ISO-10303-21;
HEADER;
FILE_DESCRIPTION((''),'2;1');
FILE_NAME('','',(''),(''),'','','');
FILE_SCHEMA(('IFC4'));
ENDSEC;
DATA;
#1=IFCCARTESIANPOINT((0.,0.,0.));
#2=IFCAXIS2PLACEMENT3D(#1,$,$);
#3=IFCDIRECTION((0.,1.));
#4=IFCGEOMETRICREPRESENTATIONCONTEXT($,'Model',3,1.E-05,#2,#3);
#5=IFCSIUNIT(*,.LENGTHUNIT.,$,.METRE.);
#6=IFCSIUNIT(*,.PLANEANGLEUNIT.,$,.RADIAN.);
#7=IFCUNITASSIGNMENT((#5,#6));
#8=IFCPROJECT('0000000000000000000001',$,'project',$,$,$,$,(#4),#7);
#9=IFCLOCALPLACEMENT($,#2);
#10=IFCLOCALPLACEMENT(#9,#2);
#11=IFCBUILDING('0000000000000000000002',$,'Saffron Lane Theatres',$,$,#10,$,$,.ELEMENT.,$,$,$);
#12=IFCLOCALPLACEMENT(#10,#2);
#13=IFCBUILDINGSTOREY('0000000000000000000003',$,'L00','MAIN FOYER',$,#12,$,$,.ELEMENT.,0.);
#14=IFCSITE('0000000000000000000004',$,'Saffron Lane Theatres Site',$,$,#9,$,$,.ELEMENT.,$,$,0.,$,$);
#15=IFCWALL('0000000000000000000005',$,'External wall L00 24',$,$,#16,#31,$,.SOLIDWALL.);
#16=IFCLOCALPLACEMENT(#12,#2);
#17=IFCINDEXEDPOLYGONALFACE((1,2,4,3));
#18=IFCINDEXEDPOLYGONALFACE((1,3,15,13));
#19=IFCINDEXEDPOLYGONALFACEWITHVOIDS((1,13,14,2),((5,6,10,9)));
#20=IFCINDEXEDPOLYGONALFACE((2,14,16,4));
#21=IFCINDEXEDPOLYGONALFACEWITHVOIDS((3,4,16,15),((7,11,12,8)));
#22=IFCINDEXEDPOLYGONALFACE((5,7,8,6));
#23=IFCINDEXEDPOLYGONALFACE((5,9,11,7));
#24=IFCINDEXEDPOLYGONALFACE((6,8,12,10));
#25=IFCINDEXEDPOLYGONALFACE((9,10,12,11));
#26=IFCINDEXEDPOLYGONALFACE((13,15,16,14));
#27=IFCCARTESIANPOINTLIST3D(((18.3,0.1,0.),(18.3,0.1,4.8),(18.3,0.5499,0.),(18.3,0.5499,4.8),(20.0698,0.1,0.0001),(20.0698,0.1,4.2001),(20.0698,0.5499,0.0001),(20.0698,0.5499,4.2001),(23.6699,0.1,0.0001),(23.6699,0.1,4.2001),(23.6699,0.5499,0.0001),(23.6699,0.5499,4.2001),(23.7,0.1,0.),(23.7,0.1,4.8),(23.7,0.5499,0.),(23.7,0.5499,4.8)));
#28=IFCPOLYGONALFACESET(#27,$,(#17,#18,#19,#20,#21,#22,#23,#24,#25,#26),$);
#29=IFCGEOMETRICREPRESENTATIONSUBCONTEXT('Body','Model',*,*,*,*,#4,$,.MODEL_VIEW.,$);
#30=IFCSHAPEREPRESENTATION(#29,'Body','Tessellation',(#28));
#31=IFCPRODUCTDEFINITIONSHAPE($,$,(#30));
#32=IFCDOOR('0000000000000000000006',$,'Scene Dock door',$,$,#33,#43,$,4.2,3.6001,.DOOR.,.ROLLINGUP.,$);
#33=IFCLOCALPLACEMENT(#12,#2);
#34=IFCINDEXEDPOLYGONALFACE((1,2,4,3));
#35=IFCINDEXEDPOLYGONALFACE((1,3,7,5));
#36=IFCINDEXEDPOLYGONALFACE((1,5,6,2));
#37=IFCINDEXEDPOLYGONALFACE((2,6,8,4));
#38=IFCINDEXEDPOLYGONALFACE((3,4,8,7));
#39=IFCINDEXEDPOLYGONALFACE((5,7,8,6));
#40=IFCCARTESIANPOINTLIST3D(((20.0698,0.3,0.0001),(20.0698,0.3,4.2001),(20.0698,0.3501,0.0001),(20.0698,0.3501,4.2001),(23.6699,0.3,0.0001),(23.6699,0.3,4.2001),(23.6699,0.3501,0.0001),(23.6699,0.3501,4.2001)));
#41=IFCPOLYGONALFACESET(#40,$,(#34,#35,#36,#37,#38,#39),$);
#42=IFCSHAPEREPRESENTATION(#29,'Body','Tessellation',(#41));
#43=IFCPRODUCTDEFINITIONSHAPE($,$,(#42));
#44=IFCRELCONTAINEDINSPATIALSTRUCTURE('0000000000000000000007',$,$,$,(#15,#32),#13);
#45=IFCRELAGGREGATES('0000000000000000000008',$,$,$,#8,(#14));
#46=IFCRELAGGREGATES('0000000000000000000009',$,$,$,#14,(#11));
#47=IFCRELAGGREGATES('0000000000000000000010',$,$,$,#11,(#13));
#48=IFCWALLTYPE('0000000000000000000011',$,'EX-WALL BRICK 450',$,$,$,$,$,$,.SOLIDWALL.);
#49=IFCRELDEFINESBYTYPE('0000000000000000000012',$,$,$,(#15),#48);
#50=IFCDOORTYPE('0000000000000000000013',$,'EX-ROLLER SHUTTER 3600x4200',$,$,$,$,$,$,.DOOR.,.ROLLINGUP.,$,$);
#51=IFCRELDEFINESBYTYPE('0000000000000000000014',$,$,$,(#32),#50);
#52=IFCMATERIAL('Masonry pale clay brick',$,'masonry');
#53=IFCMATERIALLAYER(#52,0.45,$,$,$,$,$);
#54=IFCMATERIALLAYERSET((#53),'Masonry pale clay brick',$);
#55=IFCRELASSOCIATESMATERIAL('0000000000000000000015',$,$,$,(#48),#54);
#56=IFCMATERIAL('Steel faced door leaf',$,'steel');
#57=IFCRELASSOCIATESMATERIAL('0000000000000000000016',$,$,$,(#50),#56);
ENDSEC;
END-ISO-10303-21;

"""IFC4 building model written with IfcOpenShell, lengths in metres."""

from ifc_helpers import new_model, si_unit, direction, frame, frame_2d, origin, place, context, subcontext, project, spatial, rectangle, extrude, material, layer, layer_set, type_object, element, fill, save


model = new_model("IFC4")

# Units and contexts
model_context = context("Model", 3, precision=1e-05, world=origin(), true_north=direction((0.0, 1.0)))
body_context = subcontext(model_context, "Body", "Model", "MODEL_VIEW")
ifc_project = project(units=[si_unit("LENGTHUNIT", "METRE"), si_unit("PLANEANGLEUNIT", "RADIAN")], contexts=[model_context])

# Site, building, storey
site_placement = place(None, origin())
site = spatial("IfcSite", under=ifc_project, at=site_placement, Name="Saffron Lane Theatres Site", CompositionType="ELEMENT", RefElevation=0.0)
building_placement = place(site_placement, origin())
building = spatial("IfcBuilding", under=site, at=building_placement, Name="Saffron Lane Theatres", CompositionType="ELEMENT")
storey_placement = place(building_placement, origin())
storey = spatial("IfcBuildingStorey", under=building, at=storey_placement, Name="L00", Description="MAIN FOYER", CompositionType="ELEMENT", Elevation=0.0)

# Wall, opening, door
ifc_material_1 = material(Name="Masonry pale clay brick", Category="masonry")
ifc_layer_1 = layer(ifc_material_1, 0.45)
ifc_layer_set_1 = layer_set([ifc_layer_1], Name="Masonry pale clay brick")
wall_type = type_object("IfcWallType", Name="EX-WALL BRICK 450", PredefinedType="SOLIDWALL", material=ifc_layer_set_1)
wall_placement = place(storey_placement, frame((23.7, 0.325, 0.0), z_axis=(0.0, 0.0, 1.0), x_axis=(-1.0, 0.0, 0.0)))
wall = element("IfcWall", 1, at=wall_placement, inside=storey, type_object=wall_type, Name="External wall L00 24", PredefinedType="SOLIDWALL", context=body_context, shape_type="SweptSolid", body=[
    extrude(rectangle(XDim=5.3999, YDim=0.45, at=frame_2d((2.7, 0.0))), origin(), (0.0, 0.0, 1.0), 4.8),
])
opening_placement = place(wall_placement, frame((0.03, 0.0, 0.0)))
opening = element("IfcOpeningElement", 2, at=opening_placement, cuts=wall, PredefinedType="OPENING", context=body_context, shape_type="SweptSolid", body=[
    extrude(rectangle(XDim=3.6001, YDim=4.2, at=frame_2d((1.8, 2.1001))), frame((0.0, 0.2349, 0.0), z_axis=(0.0, -1.0, 0.0), x_axis=(1.0, 0.0, 0.0)), (0.0, 0.0, 1.0), 0.47),
])
ifc_material_2 = material(Name="Steel faced door leaf", Category="steel")
door_type = type_object("IfcDoorType", Name="EX-ROLLER SHUTTER 3600x4200", OperationType="ROLLINGUP", PredefinedType="DOOR", material=ifc_material_2)
door_placement = place(opening_placement, origin())
door = element("IfcDoor", 3, at=door_placement, inside=storey, type_object=door_type, Name="Scene Dock door", OperationType="ROLLINGUP", OverallHeight=4.2, OverallWidth=3.6001, PredefinedType="DOOR", context=body_context, shape_type="SweptSolid", body=[
    extrude(rectangle(XDim=3.6001, YDim=4.2, at=frame_2d((1.8, 2.1001))), frame((0.0, 0.0249, 0.0), z_axis=(0.0, -1.0, 0.0), x_axis=(1.0, 0.0, 0.0)), (0.0, 0.0, 1.0), 0.05),
])
fill(opening, door)

save(model, "model.ifc")
